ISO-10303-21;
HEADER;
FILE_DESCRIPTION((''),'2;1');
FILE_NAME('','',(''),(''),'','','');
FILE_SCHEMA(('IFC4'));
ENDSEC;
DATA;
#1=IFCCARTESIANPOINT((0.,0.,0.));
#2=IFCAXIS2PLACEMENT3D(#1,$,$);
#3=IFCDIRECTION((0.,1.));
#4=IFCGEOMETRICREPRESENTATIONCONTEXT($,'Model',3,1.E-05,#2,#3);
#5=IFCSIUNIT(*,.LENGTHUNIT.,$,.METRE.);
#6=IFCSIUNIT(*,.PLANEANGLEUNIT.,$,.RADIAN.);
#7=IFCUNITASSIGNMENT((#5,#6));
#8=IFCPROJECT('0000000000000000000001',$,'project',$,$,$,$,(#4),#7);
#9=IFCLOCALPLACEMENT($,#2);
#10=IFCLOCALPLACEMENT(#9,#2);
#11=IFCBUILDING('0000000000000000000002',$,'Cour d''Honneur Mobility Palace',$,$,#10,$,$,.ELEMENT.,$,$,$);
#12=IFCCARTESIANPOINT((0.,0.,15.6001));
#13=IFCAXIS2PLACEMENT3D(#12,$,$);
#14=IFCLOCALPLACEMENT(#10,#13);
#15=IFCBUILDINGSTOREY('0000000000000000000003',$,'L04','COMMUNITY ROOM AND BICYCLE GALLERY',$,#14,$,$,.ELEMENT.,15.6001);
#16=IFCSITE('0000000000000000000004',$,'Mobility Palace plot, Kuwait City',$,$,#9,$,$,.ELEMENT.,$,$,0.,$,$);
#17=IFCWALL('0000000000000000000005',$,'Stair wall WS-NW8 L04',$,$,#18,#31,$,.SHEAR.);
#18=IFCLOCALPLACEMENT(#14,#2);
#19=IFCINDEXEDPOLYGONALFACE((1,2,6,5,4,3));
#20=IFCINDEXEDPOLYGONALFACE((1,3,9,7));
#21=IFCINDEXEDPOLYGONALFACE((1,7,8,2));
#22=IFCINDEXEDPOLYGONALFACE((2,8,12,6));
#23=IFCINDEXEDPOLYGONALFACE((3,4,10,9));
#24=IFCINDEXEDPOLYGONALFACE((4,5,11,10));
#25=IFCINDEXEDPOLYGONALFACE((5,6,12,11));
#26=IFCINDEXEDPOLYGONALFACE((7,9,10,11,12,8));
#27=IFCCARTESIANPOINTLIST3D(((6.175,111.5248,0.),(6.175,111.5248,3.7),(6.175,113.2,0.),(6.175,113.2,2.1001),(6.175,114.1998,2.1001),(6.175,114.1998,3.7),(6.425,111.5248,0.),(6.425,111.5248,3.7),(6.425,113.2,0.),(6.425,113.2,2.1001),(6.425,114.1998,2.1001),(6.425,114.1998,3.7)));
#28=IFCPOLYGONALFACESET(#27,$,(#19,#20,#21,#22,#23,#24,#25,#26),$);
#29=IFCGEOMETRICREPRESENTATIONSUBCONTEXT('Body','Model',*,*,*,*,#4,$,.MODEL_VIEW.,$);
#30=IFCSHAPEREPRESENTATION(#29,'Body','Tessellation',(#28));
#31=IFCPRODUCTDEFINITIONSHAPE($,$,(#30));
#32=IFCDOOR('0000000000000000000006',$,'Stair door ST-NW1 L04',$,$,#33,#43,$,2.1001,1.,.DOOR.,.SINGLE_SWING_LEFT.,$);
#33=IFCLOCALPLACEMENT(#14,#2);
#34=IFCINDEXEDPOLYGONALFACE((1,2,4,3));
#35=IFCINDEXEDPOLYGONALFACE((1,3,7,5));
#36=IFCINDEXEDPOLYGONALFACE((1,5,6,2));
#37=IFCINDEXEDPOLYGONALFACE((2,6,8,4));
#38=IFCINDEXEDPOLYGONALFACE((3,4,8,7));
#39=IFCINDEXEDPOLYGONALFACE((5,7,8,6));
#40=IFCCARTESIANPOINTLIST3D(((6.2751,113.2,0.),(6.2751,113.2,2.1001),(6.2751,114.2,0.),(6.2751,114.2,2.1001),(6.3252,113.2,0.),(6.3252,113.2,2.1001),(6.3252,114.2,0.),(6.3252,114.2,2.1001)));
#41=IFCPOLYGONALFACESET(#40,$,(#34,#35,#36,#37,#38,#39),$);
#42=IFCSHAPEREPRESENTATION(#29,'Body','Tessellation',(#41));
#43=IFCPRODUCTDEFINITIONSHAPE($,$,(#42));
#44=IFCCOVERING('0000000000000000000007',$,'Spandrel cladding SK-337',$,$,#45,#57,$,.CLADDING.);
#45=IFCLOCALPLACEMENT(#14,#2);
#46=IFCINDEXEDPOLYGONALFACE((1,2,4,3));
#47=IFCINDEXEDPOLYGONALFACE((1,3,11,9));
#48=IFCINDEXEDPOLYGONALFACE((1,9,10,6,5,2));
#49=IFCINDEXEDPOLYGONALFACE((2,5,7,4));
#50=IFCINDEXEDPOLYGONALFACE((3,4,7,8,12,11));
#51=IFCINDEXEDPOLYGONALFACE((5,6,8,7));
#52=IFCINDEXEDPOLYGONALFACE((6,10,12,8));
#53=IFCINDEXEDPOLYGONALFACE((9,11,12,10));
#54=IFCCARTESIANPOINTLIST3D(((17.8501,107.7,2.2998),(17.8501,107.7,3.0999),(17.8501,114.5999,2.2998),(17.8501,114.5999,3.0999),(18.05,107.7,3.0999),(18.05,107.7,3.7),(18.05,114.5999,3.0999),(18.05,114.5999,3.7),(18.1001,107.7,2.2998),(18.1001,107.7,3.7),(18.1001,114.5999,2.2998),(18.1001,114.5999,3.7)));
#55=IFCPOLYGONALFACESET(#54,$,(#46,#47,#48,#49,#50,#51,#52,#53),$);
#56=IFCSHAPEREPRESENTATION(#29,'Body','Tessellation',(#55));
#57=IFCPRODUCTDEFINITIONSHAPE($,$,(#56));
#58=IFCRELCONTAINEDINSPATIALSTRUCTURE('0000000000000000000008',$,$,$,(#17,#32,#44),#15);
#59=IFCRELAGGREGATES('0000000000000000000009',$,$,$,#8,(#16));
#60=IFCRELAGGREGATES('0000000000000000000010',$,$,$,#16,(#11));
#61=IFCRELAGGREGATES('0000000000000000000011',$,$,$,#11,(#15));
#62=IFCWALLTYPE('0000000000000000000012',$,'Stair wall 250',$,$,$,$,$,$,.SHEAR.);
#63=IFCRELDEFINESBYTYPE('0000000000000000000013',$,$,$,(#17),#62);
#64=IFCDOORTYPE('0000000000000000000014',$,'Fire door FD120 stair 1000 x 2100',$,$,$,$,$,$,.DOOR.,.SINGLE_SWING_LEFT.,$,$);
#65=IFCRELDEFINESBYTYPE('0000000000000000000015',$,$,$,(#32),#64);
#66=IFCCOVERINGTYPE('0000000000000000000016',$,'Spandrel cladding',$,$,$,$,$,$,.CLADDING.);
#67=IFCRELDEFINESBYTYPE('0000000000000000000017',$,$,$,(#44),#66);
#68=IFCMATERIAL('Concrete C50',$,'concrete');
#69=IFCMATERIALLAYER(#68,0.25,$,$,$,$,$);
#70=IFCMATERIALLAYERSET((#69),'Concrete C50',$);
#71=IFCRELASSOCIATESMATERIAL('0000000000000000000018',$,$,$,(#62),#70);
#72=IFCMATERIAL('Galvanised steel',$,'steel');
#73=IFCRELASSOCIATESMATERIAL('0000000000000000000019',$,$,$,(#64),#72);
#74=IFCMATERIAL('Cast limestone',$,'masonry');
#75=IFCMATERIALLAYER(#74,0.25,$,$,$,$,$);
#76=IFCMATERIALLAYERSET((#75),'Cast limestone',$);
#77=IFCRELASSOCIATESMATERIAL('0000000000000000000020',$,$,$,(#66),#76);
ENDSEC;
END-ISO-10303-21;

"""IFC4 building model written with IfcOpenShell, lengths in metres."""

from ifc_helpers import new_model, si_unit, direction, frame, frame_2d, origin, place, context, subcontext, project, spatial, polyline, rectangle, outline, extrude, material, layer, layer_set, type_object, element, fill, save


model = new_model("IFC4")

# Units and contexts
model_context = context("Model", 3, precision=1e-05, world=origin(), true_north=direction((0.0, 1.0)))
body_context = subcontext(model_context, "Body", "Model", "MODEL_VIEW")
ifc_project = project(units=[si_unit("LENGTHUNIT", "METRE"), si_unit("PLANEANGLEUNIT", "RADIAN")], contexts=[model_context])

# Site, building, storey
site_placement = place(None, origin())
site = spatial("IfcSite", under=ifc_project, at=site_placement, Name="Mobility Palace plot, Kuwait City", CompositionType="ELEMENT", RefElevation=0.0)
building_placement = place(site_placement, origin())
building = spatial("IfcBuilding", under=site, at=building_placement, Name="Cour d'Honneur Mobility Palace", CompositionType="ELEMENT")
storey_placement = place(building_placement, frame((0.0, 0.0, 15.6001)))
storey = spatial("IfcBuildingStorey", under=building, at=storey_placement, Name="L04", Description="COMMUNITY ROOM AND BICYCLE GALLERY", CompositionType="ELEMENT", Elevation=15.6001)

# Wall, opening, door
ifc_material_1 = material(Name="Concrete C50", Category="concrete")
ifc_layer_1 = layer(ifc_material_1, 0.25)
ifc_layer_set_1 = layer_set([ifc_layer_1], Name="Concrete C50")
wall_type_1 = type_object("IfcWallType", Name="Stair wall 250", PredefinedType="SHEAR", material=ifc_layer_set_1)
wall_1_placement = place(storey_placement, frame((6.3, 111.5249, 0.0), z_axis=(0.0, 0.0, 1.0), x_axis=(0.0, 1.0, 0.0)))
wall_1 = element("IfcWall", 1, at=wall_1_placement, inside=storey, type_object=wall_type_1, Name="Stair wall WS-NW8 L04", PredefinedType="SHEAR", context=body_context, shape_type="SweptSolid", body=[
    extrude(rectangle(XDim=2.675, YDim=0.25, at=frame_2d((1.3374, 0.0))), origin(), (0.0, 0.0, 1.0), 3.7),
])
opening_1_placement = place(wall_1_placement, frame((1.675, 0.0, 0.0)))
opening_1 = element("IfcOpeningElement", 2, at=opening_1_placement, cuts=wall_1, PredefinedType="OPENING", context=body_context, shape_type="SweptSolid", body=[
    extrude(rectangle(XDim=1.0, YDim=2.1001, at=frame_2d((0.5, 1.05))), frame((0.0, 0.135, 0.0), z_axis=(0.0, -1.0, 0.0), x_axis=(1.0, 0.0, 0.0)), (0.0, 0.0, 1.0), 0.27),
])
ifc_material_2 = material(Name="Galvanised steel", Category="steel")
door_type_1 = type_object("IfcDoorType", Name="Fire door FD120 stair 1000 x 2100", OperationType="SINGLE_SWING_LEFT", PredefinedType="DOOR", material=ifc_material_2)
door_1_placement = place(opening_1_placement, origin())
door_1 = element("IfcDoor", 3, at=door_1_placement, inside=storey, type_object=door_type_1, Name="Stair door ST-NW1 L04", OperationType="SINGLE_SWING_LEFT", OverallHeight=2.1001, OverallWidth=1.0, PredefinedType="DOOR", context=body_context, shape_type="SweptSolid", body=[
    extrude(rectangle(XDim=1.0, YDim=2.1001, at=frame_2d((0.5, 1.05))), frame((0.0, 0.0249, 0.0), z_axis=(0.0, -1.0, 0.0), x_axis=(1.0, 0.0, 0.0)), (0.0, 0.0, 1.0), 0.05),
])
fill(opening_1, door_1)

# Covering
ifc_material_3 = material(Name="Cast limestone", Category="masonry")
ifc_layer_2 = layer(ifc_material_3, 0.25)
ifc_layer_set_2 = layer_set([ifc_layer_2], Name="Cast limestone")
covering_type = type_object("IfcCoveringType", Name="Spandrel cladding", PredefinedType="CLADDING", material=ifc_layer_set_2)
covering_placement = place(storey_placement, frame((17.8501, 107.7, 2.2998), z_axis=(0.0, -1.0, 0.0), x_axis=(1.0, 0.0, 0.0)))
element("IfcCovering", 4, at=covering_placement, inside=storey, type_object=covering_type, Name="Spandrel cladding SK-337", PredefinedType="CLADDING", context=body_context, shape_type="SweptSolid", body=[
    extrude(outline(polyline([(0.0, 0.0), (0.25, 0.0), (0.25, 1.4001), (0.2, 1.4001), (0.2, 0.8), (0.0, 0.8), (0.0, 0.0)])), origin(), (0.0, 0.0, -1.0), 6.8999),
])

save(model, "model.ifc")
